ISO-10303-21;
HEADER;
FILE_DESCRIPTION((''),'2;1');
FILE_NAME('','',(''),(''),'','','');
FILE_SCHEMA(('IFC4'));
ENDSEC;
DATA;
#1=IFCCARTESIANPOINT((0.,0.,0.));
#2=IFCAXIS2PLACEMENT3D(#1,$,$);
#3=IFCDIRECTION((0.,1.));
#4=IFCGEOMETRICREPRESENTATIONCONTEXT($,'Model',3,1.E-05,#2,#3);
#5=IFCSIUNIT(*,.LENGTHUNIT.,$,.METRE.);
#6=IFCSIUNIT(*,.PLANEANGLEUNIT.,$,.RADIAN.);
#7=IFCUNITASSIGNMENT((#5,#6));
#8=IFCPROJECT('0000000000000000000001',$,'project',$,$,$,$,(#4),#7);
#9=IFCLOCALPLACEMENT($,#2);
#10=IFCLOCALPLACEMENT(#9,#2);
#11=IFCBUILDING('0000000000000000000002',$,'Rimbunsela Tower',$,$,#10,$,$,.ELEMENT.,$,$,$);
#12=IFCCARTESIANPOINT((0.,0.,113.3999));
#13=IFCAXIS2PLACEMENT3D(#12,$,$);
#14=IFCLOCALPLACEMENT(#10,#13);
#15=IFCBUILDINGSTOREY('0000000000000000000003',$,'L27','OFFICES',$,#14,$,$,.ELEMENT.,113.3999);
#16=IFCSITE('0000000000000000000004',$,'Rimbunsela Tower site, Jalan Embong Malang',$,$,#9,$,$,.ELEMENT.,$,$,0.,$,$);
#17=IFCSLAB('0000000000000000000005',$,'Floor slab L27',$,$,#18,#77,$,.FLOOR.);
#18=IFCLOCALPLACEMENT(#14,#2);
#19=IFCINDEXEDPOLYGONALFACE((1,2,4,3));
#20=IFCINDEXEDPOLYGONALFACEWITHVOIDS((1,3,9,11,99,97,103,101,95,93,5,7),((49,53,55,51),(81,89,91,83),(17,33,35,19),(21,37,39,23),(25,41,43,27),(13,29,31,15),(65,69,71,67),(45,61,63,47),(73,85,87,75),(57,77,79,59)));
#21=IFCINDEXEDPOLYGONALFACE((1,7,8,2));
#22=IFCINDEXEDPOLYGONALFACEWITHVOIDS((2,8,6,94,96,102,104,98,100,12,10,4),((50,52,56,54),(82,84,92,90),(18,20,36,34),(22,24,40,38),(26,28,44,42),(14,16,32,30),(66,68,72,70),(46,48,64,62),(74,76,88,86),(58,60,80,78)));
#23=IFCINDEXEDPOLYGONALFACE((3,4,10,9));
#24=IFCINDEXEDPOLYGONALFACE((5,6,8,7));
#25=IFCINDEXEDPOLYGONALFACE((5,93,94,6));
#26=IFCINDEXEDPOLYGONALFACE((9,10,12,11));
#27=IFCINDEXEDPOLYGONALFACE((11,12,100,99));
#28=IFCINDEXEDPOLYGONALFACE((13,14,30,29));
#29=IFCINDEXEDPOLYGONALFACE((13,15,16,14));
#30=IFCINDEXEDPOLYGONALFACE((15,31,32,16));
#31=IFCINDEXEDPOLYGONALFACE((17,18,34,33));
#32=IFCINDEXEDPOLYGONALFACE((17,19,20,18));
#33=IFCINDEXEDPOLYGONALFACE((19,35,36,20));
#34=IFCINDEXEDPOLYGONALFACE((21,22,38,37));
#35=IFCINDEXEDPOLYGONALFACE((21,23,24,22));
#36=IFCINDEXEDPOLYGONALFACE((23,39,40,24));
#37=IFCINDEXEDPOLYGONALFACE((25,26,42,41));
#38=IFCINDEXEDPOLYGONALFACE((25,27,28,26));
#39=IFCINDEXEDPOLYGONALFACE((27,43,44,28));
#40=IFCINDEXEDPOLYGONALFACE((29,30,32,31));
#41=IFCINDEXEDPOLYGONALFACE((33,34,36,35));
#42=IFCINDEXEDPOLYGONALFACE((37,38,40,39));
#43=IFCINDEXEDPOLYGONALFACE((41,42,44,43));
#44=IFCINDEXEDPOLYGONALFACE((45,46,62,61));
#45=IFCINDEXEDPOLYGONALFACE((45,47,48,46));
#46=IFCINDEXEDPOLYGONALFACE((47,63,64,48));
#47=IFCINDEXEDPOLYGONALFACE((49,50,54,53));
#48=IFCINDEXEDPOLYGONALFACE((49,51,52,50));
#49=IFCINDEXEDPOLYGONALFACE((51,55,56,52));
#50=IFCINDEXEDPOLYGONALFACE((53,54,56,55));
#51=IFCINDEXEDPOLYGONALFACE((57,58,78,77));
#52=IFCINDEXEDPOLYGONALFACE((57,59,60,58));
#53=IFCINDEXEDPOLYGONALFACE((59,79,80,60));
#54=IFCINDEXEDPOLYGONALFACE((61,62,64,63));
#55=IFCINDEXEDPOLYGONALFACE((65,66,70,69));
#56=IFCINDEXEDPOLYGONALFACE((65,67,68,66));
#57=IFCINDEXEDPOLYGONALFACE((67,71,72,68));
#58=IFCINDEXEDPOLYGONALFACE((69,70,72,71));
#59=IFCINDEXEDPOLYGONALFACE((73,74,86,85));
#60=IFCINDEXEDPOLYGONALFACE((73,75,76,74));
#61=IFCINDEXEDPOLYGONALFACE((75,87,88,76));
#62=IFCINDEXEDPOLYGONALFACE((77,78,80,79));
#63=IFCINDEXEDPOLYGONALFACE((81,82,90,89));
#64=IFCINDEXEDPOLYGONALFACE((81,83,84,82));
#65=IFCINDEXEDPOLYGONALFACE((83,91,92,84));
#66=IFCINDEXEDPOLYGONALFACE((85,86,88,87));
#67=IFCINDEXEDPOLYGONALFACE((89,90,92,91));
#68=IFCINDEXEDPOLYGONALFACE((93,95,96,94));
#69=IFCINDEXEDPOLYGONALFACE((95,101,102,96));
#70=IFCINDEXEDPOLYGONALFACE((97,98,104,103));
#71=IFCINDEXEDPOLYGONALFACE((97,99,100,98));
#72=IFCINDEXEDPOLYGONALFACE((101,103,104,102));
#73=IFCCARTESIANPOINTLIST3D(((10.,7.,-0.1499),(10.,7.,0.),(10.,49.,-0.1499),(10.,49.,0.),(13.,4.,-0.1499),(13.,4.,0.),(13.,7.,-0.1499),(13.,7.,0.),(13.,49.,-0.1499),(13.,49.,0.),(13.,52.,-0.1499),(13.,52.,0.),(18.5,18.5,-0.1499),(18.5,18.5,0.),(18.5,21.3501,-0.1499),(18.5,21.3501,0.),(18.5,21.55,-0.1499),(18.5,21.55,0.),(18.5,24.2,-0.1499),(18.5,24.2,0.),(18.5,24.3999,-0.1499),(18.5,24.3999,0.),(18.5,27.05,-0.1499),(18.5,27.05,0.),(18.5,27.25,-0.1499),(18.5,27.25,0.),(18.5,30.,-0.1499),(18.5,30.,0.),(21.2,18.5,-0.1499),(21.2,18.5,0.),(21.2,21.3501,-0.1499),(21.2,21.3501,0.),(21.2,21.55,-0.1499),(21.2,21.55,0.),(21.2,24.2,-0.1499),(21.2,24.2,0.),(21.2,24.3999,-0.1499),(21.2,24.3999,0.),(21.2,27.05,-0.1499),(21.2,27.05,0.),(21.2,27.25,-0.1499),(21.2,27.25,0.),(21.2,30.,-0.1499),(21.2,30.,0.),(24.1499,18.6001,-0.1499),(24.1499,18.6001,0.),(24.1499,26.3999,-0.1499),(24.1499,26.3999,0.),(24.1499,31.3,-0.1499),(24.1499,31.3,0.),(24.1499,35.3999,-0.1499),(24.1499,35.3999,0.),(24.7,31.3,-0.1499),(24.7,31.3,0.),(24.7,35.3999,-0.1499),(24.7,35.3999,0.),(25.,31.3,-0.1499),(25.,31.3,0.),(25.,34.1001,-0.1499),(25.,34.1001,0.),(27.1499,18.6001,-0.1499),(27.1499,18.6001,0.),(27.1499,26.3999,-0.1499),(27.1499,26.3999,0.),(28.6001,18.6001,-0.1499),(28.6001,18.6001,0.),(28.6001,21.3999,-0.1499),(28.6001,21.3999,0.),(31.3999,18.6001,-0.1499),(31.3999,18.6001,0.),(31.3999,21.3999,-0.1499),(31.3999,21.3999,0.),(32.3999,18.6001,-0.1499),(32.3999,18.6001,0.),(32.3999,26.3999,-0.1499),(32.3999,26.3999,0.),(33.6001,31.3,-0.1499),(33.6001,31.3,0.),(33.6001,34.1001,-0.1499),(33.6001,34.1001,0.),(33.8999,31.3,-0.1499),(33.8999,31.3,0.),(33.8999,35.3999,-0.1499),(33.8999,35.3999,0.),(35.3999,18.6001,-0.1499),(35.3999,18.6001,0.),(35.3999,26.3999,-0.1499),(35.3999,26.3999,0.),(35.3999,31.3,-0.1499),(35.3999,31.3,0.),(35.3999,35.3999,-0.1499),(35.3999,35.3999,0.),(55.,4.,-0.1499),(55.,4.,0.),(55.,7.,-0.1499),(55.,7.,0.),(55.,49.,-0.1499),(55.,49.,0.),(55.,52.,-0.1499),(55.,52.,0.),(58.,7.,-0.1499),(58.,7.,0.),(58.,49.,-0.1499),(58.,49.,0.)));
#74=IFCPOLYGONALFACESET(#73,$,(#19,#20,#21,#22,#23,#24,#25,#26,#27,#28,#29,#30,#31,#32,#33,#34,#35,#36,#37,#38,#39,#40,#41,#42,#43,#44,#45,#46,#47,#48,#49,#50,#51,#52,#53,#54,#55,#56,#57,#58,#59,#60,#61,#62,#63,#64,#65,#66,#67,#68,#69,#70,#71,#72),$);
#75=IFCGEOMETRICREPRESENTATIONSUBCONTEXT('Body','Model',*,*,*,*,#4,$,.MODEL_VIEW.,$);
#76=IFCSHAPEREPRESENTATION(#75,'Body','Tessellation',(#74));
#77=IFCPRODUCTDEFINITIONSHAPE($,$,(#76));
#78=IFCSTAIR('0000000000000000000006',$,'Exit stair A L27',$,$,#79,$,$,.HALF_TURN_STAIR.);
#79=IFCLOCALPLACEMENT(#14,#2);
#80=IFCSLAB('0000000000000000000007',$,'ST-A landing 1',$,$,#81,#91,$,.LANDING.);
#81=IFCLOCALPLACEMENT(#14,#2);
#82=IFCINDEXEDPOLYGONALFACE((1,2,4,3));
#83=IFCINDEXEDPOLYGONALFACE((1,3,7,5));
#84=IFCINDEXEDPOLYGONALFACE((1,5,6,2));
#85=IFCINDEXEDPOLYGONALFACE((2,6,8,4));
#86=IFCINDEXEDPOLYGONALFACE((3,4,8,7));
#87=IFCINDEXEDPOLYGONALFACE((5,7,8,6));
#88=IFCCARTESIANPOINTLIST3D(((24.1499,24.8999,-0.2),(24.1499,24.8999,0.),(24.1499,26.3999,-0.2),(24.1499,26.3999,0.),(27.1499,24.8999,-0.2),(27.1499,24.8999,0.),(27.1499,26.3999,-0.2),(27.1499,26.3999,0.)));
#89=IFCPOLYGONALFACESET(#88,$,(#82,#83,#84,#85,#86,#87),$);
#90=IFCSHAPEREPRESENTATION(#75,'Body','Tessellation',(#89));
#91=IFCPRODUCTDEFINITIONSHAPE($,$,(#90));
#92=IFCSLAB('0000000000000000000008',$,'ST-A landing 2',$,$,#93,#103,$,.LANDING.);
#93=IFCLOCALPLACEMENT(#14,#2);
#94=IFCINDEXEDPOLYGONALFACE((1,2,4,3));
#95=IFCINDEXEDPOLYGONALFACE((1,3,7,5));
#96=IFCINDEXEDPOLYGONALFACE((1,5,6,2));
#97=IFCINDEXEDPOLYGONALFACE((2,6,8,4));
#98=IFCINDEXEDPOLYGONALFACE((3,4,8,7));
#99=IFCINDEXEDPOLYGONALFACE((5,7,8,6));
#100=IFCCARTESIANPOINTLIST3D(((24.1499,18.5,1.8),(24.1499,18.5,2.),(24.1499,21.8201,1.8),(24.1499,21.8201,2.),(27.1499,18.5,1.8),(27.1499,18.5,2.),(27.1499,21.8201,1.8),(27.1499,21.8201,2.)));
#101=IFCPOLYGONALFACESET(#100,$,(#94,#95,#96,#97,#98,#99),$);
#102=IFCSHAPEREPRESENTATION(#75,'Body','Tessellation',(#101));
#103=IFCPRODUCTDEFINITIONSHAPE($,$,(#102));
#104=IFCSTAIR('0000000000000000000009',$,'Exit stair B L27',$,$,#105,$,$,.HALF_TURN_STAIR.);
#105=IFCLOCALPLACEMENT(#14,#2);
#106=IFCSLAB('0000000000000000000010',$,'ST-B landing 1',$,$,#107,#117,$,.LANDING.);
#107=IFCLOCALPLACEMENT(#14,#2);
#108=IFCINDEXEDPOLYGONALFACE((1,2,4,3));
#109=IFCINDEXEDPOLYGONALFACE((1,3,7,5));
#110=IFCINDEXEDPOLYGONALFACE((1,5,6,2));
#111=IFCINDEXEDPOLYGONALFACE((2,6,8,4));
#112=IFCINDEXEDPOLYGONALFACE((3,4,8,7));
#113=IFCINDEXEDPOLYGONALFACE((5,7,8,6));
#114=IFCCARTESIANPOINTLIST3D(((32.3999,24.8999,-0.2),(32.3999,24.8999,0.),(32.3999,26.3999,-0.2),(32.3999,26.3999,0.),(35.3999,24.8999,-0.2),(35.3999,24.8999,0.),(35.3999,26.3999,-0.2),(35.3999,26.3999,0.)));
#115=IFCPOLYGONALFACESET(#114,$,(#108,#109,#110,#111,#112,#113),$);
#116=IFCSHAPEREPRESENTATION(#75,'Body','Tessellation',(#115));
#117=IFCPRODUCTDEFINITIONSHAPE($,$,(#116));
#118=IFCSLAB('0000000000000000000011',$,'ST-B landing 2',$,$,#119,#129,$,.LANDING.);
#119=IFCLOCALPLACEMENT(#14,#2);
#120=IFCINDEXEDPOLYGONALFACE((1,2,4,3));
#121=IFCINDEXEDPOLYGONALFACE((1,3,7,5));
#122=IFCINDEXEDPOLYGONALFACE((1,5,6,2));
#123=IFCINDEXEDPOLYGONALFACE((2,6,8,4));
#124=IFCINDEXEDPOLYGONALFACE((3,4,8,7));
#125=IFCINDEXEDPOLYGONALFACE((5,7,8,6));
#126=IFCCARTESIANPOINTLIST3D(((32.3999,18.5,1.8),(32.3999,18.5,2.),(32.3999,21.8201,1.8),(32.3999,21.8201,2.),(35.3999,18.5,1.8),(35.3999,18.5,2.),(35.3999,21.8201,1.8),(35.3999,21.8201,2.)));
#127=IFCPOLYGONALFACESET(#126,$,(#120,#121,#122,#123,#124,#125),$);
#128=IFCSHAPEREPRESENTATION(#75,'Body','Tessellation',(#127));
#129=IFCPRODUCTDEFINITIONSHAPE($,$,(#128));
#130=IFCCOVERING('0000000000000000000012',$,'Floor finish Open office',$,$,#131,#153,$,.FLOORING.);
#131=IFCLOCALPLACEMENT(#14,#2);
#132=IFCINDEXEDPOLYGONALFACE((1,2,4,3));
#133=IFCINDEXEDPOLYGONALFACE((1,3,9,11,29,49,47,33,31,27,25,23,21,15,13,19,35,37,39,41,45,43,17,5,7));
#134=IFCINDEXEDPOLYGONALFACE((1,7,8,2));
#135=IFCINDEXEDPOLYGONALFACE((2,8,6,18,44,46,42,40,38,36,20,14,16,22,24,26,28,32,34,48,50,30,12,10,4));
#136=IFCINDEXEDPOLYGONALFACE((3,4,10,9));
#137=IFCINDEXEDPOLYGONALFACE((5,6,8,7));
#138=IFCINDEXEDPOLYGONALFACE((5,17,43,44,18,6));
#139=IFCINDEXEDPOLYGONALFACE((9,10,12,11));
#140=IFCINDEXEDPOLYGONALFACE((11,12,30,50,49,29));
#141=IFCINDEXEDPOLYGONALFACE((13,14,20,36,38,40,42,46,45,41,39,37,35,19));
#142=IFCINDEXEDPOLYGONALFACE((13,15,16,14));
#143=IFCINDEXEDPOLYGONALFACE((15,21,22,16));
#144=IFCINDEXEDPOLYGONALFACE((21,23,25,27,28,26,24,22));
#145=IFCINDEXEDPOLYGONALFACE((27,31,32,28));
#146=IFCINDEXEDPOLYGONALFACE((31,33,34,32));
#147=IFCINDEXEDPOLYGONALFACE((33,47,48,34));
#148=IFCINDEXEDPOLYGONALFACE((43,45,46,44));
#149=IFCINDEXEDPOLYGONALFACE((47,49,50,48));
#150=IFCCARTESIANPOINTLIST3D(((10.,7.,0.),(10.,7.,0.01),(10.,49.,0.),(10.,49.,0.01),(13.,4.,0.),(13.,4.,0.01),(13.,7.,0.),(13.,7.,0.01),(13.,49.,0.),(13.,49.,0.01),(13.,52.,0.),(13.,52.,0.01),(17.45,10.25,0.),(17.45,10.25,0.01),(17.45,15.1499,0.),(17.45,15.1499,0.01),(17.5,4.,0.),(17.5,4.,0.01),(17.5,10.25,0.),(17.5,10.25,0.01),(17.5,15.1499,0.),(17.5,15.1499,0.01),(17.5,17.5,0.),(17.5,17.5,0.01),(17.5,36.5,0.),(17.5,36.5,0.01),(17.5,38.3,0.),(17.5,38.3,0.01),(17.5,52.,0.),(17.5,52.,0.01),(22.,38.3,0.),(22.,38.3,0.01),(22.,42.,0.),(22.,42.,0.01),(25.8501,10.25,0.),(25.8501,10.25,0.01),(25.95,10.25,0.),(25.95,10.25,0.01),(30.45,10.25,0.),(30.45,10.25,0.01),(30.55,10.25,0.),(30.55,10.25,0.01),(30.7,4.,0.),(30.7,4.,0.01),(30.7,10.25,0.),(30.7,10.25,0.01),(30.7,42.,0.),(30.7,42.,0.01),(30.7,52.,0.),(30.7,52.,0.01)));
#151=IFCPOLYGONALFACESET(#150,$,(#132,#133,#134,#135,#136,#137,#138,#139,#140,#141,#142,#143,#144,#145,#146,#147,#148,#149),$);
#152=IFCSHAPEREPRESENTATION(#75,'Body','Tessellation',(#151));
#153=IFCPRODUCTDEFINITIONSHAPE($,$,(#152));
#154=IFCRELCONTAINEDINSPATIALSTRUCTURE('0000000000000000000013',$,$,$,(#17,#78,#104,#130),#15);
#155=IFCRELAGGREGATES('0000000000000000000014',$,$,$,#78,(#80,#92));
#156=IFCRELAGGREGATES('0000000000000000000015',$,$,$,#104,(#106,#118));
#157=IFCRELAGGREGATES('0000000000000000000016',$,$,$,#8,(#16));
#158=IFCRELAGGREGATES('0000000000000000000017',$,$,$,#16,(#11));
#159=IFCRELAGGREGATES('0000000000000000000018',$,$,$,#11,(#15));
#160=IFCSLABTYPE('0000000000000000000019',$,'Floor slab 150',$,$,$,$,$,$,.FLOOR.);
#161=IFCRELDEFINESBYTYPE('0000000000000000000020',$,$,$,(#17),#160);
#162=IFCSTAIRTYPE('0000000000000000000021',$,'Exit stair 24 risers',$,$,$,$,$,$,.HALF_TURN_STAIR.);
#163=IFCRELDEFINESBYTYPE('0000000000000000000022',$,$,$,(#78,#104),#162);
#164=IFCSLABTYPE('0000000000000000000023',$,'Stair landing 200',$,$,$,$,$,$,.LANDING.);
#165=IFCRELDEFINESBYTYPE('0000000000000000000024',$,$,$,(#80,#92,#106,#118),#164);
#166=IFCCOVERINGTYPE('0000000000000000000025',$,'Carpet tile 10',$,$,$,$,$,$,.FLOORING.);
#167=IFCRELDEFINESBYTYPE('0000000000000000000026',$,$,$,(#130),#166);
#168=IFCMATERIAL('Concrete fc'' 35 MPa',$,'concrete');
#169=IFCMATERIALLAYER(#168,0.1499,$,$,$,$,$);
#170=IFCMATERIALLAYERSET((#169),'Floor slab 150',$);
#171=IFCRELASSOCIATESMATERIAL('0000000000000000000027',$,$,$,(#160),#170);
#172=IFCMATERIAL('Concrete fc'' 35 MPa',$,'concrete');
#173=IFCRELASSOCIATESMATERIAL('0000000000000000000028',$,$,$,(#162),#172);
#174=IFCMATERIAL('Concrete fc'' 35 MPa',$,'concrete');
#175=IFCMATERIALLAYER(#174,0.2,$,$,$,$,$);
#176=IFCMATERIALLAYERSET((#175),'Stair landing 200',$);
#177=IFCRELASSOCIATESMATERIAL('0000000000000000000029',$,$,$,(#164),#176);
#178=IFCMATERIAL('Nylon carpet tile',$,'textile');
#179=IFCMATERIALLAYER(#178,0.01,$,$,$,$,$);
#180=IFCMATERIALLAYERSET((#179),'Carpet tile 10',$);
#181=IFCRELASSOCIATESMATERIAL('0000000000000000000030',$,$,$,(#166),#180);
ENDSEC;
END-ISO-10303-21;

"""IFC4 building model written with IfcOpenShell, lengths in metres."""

from ifc_helpers import new_model, si_unit, direction, frame, origin, place, context, subcontext, project, spatial, polyline, outline, extrude, material, layer, layer_set, type_object, element, aggregate, save


model = new_model("IFC4")

# Units and contexts
model_context = context("Model", 3, precision=1e-05, world=origin(), true_north=direction((0.0, 1.0)))
body_context = subcontext(model_context, "Body", "Model", "MODEL_VIEW")
ifc_project = project(units=[si_unit("LENGTHUNIT", "METRE"), si_unit("PLANEANGLEUNIT", "RADIAN")], contexts=[model_context])

# Site, building, storey
site_placement = place(None, origin())
site = spatial("IfcSite", under=ifc_project, at=site_placement, Name="Rimbunsela Tower site, Jalan Embong Malang", CompositionType="ELEMENT", RefElevation=0.0)
building_placement = place(site_placement, origin())
building = spatial("IfcBuilding", under=site, at=building_placement, Name="Rimbunsela Tower", CompositionType="ELEMENT")
storey_placement = place(building_placement, frame((0.0, 0.0, 113.3999)))
storey = spatial("IfcBuildingStorey", under=building, at=storey_placement, Name="L27", Description="OFFICES", CompositionType="ELEMENT", Elevation=113.3999)

# Slab
ifc_material_1 = material(Name="Concrete fc' 35 MPa", Category="concrete")
ifc_layer_1 = layer(ifc_material_1, 0.1499)
ifc_layer_set_1 = layer_set([ifc_layer_1], Name="Floor slab 150")
slab_type_1 = type_object("IfcSlabType", Name="Floor slab 150", PredefinedType="FLOOR", material=ifc_layer_set_1)
slab_1_placement = place(storey_placement, frame((0.0, 0.0, -0.1499)))
element("IfcSlab", 1, at=slab_1_placement, inside=storey, type_object=slab_type_1, Name="Floor slab L27", PredefinedType="FLOOR", context=body_context, shape_type="SweptSolid", body=[
    extrude(outline(polyline([(13.0, 4.0), (55.0, 4.0), (55.0, 7.0), (58.0, 7.0), (58.0, 49.0), (55.0, 49.0), (55.0, 52.0), (13.0, 52.0), (13.0, 49.0), (10.0, 49.0), (10.0, 7.0), (13.0, 7.0), (13.0, 4.0)]), holes=[polyline([(21.2, 21.3501), (18.5, 21.3501), (18.5, 18.5), (21.2, 18.5), (21.2, 21.3501)]), polyline([(21.2, 21.55), (21.2, 24.2), (18.5, 24.2), (18.5, 21.55), (21.2, 21.55)]), polyline([(21.2, 27.05), (18.5, 27.05), (18.5, 24.3999), (21.2, 24.3999), (21.2, 27.05)]), polyline([(21.2, 27.25), (21.2, 30.0), (18.5, 30.0), (18.5, 27.25), (21.2, 27.25)]), polyline([(27.1499, 18.6001), (27.1499, 26.3999), (24.1499, 26.3999), (24.1499, 18.6001), (27.1499, 18.6001)]), polyline([(24.7, 31.3), (24.7, 35.3999), (24.1499, 35.3999), (24.1499, 31.3), (24.7, 31.3)]), polyline([(25.0, 34.1001), (25.0, 31.3), (33.6001, 31.3), (33.6001, 34.1001), (25.0, 34.1001)]), polyline([(31.3999, 21.3999), (28.6001, 21.3999), (28.6001, 18.6001), (31.3999, 18.6001), (31.3999, 21.3999)]), polyline([(35.3999, 18.6001), (35.3999, 26.3999), (32.3999, 26.3999), (32.3999, 18.6001), (35.3999, 18.6001)]), polyline([(35.3999, 31.3), (35.3999, 35.3999), (33.8999, 35.3999), (33.8999, 31.3), (35.3999, 31.3)])]), origin(), (0.0, 0.0, 1.0), 0.1499),
])

# Stairs, slabs
ifc_material_2 = material(Name="Concrete fc' 35 MPa", Category="concrete")
stair_type = type_object("IfcStairType", Name="Exit stair 24 risers", PredefinedType="HALF_TURN_STAIR", material=ifc_material_2)
stair_1_placement = place(storey_placement, origin())
stair_1 = element("IfcStair", 2, at=stair_1_placement, inside=storey, type_object=stair_type, Name="Exit stair A L27", PredefinedType="HALF_TURN_STAIR")
ifc_material_3 = material(Name="Concrete fc' 35 MPa", Category="concrete")
ifc_layer_2 = layer(ifc_material_3, 0.2)
ifc_layer_set_2 = layer_set([ifc_layer_2], Name="Stair landing 200")
slab_type_2 = type_object("IfcSlabType", Name="Stair landing 200", PredefinedType="LANDING", material=ifc_layer_set_2)
slab_2_placement = place(storey_placement, frame((0.0, 0.0, -0.2)))
slab_2 = element("IfcSlab", 3, at=slab_2_placement, type_object=slab_type_2, Name="ST-A landing 1", PredefinedType="LANDING", context=body_context, shape_type="SweptSolid", body=[
    extrude(outline(polyline([(24.1499, 24.8999), (27.1499, 24.8999), (27.1499, 26.3999), (24.1499, 26.3999), (24.1499, 24.8999)])), origin(), (0.0, 0.0, 1.0), 0.2),
])
slab_3_placement = place(storey_placement, frame((0.0, 0.0, 1.8)))
slab_3 = element("IfcSlab", 4, at=slab_3_placement, type_object=slab_type_2, Name="ST-A landing 2", PredefinedType="LANDING", context=body_context, shape_type="SweptSolid", body=[
    extrude(outline(polyline([(24.1499, 18.5), (27.1499, 18.5), (27.1499, 21.8201), (24.1499, 21.8201), (24.1499, 18.5)])), origin(), (0.0, 0.0, 1.0), 0.2),
])
aggregate(stair_1, [slab_2, slab_3])
stair_2_placement = place(storey_placement, origin())
stair_2 = element("IfcStair", 5, at=stair_2_placement, inside=storey, type_object=stair_type, Name="Exit stair B L27", PredefinedType="HALF_TURN_STAIR")
slab_4_placement = place(storey_placement, frame((0.0, 0.0, -0.2)))
slab_4 = element("IfcSlab", 6, at=slab_4_placement, type_object=slab_type_2, Name="ST-B landing 1", PredefinedType="LANDING", context=body_context, shape_type="SweptSolid", body=[
    extrude(outline(polyline([(32.3999, 24.8999), (35.3999, 24.8999), (35.3999, 26.3999), (32.3999, 26.3999), (32.3999, 24.8999)])), origin(), (0.0, 0.0, 1.0), 0.2),
])
slab_5_placement = place(storey_placement, frame((0.0, 0.0, 1.8)))
slab_5 = element("IfcSlab", 7, at=slab_5_placement, type_object=slab_type_2, Name="ST-B landing 2", PredefinedType="LANDING", context=body_context, shape_type="SweptSolid", body=[
    extrude(outline(polyline([(32.3999, 18.5), (35.3999, 18.5), (35.3999, 21.8201), (32.3999, 21.8201), (32.3999, 18.5)])), origin(), (0.0, 0.0, 1.0), 0.2),
])
aggregate(stair_2, [slab_4, slab_5])

# Covering
ifc_material_4 = material(Name="Nylon carpet tile", Category="textile")
ifc_layer_3 = layer(ifc_material_4, 0.01)
ifc_layer_set_3 = layer_set([ifc_layer_3], Name="Carpet tile 10")
covering_type_1 = type_object("IfcCoveringType", Name="Carpet tile 10", PredefinedType="FLOORING", material=ifc_layer_set_3)
covering_1_placement = place(storey_placement, origin())
element("IfcCovering", 8, at=covering_1_placement, inside=storey, type_object=covering_type_1, Name="Floor finish Open office", PredefinedType="FLOORING", context=body_context, shape_type="SweptSolid", body=[
    extrude(outline(polyline([(17.5, 4.0), (13.0, 4.0), (13.0, 7.0), (10.0, 7.0), (10.0, 49.0), (13.0, 49.0), (13.0, 52.0), (17.5, 52.0), (30.7, 52.0), (30.7, 42.0), (22.0, 42.0), (22.0, 38.3), (17.5, 38.3), (17.5, 36.5), (17.5, 17.5), (17.5, 15.1499), (17.45, 15.1499), (17.45, 10.25), (17.5, 10.25), (25.8501, 10.25), (25.95, 10.25), (30.45, 10.25), (30.55, 10.25), (30.7, 10.25), (30.7, 4.0), (17.5, 4.0)])), origin(), (0.0, 0.0, 1.0), 0.01),
])

save(model, "model.ifc")
